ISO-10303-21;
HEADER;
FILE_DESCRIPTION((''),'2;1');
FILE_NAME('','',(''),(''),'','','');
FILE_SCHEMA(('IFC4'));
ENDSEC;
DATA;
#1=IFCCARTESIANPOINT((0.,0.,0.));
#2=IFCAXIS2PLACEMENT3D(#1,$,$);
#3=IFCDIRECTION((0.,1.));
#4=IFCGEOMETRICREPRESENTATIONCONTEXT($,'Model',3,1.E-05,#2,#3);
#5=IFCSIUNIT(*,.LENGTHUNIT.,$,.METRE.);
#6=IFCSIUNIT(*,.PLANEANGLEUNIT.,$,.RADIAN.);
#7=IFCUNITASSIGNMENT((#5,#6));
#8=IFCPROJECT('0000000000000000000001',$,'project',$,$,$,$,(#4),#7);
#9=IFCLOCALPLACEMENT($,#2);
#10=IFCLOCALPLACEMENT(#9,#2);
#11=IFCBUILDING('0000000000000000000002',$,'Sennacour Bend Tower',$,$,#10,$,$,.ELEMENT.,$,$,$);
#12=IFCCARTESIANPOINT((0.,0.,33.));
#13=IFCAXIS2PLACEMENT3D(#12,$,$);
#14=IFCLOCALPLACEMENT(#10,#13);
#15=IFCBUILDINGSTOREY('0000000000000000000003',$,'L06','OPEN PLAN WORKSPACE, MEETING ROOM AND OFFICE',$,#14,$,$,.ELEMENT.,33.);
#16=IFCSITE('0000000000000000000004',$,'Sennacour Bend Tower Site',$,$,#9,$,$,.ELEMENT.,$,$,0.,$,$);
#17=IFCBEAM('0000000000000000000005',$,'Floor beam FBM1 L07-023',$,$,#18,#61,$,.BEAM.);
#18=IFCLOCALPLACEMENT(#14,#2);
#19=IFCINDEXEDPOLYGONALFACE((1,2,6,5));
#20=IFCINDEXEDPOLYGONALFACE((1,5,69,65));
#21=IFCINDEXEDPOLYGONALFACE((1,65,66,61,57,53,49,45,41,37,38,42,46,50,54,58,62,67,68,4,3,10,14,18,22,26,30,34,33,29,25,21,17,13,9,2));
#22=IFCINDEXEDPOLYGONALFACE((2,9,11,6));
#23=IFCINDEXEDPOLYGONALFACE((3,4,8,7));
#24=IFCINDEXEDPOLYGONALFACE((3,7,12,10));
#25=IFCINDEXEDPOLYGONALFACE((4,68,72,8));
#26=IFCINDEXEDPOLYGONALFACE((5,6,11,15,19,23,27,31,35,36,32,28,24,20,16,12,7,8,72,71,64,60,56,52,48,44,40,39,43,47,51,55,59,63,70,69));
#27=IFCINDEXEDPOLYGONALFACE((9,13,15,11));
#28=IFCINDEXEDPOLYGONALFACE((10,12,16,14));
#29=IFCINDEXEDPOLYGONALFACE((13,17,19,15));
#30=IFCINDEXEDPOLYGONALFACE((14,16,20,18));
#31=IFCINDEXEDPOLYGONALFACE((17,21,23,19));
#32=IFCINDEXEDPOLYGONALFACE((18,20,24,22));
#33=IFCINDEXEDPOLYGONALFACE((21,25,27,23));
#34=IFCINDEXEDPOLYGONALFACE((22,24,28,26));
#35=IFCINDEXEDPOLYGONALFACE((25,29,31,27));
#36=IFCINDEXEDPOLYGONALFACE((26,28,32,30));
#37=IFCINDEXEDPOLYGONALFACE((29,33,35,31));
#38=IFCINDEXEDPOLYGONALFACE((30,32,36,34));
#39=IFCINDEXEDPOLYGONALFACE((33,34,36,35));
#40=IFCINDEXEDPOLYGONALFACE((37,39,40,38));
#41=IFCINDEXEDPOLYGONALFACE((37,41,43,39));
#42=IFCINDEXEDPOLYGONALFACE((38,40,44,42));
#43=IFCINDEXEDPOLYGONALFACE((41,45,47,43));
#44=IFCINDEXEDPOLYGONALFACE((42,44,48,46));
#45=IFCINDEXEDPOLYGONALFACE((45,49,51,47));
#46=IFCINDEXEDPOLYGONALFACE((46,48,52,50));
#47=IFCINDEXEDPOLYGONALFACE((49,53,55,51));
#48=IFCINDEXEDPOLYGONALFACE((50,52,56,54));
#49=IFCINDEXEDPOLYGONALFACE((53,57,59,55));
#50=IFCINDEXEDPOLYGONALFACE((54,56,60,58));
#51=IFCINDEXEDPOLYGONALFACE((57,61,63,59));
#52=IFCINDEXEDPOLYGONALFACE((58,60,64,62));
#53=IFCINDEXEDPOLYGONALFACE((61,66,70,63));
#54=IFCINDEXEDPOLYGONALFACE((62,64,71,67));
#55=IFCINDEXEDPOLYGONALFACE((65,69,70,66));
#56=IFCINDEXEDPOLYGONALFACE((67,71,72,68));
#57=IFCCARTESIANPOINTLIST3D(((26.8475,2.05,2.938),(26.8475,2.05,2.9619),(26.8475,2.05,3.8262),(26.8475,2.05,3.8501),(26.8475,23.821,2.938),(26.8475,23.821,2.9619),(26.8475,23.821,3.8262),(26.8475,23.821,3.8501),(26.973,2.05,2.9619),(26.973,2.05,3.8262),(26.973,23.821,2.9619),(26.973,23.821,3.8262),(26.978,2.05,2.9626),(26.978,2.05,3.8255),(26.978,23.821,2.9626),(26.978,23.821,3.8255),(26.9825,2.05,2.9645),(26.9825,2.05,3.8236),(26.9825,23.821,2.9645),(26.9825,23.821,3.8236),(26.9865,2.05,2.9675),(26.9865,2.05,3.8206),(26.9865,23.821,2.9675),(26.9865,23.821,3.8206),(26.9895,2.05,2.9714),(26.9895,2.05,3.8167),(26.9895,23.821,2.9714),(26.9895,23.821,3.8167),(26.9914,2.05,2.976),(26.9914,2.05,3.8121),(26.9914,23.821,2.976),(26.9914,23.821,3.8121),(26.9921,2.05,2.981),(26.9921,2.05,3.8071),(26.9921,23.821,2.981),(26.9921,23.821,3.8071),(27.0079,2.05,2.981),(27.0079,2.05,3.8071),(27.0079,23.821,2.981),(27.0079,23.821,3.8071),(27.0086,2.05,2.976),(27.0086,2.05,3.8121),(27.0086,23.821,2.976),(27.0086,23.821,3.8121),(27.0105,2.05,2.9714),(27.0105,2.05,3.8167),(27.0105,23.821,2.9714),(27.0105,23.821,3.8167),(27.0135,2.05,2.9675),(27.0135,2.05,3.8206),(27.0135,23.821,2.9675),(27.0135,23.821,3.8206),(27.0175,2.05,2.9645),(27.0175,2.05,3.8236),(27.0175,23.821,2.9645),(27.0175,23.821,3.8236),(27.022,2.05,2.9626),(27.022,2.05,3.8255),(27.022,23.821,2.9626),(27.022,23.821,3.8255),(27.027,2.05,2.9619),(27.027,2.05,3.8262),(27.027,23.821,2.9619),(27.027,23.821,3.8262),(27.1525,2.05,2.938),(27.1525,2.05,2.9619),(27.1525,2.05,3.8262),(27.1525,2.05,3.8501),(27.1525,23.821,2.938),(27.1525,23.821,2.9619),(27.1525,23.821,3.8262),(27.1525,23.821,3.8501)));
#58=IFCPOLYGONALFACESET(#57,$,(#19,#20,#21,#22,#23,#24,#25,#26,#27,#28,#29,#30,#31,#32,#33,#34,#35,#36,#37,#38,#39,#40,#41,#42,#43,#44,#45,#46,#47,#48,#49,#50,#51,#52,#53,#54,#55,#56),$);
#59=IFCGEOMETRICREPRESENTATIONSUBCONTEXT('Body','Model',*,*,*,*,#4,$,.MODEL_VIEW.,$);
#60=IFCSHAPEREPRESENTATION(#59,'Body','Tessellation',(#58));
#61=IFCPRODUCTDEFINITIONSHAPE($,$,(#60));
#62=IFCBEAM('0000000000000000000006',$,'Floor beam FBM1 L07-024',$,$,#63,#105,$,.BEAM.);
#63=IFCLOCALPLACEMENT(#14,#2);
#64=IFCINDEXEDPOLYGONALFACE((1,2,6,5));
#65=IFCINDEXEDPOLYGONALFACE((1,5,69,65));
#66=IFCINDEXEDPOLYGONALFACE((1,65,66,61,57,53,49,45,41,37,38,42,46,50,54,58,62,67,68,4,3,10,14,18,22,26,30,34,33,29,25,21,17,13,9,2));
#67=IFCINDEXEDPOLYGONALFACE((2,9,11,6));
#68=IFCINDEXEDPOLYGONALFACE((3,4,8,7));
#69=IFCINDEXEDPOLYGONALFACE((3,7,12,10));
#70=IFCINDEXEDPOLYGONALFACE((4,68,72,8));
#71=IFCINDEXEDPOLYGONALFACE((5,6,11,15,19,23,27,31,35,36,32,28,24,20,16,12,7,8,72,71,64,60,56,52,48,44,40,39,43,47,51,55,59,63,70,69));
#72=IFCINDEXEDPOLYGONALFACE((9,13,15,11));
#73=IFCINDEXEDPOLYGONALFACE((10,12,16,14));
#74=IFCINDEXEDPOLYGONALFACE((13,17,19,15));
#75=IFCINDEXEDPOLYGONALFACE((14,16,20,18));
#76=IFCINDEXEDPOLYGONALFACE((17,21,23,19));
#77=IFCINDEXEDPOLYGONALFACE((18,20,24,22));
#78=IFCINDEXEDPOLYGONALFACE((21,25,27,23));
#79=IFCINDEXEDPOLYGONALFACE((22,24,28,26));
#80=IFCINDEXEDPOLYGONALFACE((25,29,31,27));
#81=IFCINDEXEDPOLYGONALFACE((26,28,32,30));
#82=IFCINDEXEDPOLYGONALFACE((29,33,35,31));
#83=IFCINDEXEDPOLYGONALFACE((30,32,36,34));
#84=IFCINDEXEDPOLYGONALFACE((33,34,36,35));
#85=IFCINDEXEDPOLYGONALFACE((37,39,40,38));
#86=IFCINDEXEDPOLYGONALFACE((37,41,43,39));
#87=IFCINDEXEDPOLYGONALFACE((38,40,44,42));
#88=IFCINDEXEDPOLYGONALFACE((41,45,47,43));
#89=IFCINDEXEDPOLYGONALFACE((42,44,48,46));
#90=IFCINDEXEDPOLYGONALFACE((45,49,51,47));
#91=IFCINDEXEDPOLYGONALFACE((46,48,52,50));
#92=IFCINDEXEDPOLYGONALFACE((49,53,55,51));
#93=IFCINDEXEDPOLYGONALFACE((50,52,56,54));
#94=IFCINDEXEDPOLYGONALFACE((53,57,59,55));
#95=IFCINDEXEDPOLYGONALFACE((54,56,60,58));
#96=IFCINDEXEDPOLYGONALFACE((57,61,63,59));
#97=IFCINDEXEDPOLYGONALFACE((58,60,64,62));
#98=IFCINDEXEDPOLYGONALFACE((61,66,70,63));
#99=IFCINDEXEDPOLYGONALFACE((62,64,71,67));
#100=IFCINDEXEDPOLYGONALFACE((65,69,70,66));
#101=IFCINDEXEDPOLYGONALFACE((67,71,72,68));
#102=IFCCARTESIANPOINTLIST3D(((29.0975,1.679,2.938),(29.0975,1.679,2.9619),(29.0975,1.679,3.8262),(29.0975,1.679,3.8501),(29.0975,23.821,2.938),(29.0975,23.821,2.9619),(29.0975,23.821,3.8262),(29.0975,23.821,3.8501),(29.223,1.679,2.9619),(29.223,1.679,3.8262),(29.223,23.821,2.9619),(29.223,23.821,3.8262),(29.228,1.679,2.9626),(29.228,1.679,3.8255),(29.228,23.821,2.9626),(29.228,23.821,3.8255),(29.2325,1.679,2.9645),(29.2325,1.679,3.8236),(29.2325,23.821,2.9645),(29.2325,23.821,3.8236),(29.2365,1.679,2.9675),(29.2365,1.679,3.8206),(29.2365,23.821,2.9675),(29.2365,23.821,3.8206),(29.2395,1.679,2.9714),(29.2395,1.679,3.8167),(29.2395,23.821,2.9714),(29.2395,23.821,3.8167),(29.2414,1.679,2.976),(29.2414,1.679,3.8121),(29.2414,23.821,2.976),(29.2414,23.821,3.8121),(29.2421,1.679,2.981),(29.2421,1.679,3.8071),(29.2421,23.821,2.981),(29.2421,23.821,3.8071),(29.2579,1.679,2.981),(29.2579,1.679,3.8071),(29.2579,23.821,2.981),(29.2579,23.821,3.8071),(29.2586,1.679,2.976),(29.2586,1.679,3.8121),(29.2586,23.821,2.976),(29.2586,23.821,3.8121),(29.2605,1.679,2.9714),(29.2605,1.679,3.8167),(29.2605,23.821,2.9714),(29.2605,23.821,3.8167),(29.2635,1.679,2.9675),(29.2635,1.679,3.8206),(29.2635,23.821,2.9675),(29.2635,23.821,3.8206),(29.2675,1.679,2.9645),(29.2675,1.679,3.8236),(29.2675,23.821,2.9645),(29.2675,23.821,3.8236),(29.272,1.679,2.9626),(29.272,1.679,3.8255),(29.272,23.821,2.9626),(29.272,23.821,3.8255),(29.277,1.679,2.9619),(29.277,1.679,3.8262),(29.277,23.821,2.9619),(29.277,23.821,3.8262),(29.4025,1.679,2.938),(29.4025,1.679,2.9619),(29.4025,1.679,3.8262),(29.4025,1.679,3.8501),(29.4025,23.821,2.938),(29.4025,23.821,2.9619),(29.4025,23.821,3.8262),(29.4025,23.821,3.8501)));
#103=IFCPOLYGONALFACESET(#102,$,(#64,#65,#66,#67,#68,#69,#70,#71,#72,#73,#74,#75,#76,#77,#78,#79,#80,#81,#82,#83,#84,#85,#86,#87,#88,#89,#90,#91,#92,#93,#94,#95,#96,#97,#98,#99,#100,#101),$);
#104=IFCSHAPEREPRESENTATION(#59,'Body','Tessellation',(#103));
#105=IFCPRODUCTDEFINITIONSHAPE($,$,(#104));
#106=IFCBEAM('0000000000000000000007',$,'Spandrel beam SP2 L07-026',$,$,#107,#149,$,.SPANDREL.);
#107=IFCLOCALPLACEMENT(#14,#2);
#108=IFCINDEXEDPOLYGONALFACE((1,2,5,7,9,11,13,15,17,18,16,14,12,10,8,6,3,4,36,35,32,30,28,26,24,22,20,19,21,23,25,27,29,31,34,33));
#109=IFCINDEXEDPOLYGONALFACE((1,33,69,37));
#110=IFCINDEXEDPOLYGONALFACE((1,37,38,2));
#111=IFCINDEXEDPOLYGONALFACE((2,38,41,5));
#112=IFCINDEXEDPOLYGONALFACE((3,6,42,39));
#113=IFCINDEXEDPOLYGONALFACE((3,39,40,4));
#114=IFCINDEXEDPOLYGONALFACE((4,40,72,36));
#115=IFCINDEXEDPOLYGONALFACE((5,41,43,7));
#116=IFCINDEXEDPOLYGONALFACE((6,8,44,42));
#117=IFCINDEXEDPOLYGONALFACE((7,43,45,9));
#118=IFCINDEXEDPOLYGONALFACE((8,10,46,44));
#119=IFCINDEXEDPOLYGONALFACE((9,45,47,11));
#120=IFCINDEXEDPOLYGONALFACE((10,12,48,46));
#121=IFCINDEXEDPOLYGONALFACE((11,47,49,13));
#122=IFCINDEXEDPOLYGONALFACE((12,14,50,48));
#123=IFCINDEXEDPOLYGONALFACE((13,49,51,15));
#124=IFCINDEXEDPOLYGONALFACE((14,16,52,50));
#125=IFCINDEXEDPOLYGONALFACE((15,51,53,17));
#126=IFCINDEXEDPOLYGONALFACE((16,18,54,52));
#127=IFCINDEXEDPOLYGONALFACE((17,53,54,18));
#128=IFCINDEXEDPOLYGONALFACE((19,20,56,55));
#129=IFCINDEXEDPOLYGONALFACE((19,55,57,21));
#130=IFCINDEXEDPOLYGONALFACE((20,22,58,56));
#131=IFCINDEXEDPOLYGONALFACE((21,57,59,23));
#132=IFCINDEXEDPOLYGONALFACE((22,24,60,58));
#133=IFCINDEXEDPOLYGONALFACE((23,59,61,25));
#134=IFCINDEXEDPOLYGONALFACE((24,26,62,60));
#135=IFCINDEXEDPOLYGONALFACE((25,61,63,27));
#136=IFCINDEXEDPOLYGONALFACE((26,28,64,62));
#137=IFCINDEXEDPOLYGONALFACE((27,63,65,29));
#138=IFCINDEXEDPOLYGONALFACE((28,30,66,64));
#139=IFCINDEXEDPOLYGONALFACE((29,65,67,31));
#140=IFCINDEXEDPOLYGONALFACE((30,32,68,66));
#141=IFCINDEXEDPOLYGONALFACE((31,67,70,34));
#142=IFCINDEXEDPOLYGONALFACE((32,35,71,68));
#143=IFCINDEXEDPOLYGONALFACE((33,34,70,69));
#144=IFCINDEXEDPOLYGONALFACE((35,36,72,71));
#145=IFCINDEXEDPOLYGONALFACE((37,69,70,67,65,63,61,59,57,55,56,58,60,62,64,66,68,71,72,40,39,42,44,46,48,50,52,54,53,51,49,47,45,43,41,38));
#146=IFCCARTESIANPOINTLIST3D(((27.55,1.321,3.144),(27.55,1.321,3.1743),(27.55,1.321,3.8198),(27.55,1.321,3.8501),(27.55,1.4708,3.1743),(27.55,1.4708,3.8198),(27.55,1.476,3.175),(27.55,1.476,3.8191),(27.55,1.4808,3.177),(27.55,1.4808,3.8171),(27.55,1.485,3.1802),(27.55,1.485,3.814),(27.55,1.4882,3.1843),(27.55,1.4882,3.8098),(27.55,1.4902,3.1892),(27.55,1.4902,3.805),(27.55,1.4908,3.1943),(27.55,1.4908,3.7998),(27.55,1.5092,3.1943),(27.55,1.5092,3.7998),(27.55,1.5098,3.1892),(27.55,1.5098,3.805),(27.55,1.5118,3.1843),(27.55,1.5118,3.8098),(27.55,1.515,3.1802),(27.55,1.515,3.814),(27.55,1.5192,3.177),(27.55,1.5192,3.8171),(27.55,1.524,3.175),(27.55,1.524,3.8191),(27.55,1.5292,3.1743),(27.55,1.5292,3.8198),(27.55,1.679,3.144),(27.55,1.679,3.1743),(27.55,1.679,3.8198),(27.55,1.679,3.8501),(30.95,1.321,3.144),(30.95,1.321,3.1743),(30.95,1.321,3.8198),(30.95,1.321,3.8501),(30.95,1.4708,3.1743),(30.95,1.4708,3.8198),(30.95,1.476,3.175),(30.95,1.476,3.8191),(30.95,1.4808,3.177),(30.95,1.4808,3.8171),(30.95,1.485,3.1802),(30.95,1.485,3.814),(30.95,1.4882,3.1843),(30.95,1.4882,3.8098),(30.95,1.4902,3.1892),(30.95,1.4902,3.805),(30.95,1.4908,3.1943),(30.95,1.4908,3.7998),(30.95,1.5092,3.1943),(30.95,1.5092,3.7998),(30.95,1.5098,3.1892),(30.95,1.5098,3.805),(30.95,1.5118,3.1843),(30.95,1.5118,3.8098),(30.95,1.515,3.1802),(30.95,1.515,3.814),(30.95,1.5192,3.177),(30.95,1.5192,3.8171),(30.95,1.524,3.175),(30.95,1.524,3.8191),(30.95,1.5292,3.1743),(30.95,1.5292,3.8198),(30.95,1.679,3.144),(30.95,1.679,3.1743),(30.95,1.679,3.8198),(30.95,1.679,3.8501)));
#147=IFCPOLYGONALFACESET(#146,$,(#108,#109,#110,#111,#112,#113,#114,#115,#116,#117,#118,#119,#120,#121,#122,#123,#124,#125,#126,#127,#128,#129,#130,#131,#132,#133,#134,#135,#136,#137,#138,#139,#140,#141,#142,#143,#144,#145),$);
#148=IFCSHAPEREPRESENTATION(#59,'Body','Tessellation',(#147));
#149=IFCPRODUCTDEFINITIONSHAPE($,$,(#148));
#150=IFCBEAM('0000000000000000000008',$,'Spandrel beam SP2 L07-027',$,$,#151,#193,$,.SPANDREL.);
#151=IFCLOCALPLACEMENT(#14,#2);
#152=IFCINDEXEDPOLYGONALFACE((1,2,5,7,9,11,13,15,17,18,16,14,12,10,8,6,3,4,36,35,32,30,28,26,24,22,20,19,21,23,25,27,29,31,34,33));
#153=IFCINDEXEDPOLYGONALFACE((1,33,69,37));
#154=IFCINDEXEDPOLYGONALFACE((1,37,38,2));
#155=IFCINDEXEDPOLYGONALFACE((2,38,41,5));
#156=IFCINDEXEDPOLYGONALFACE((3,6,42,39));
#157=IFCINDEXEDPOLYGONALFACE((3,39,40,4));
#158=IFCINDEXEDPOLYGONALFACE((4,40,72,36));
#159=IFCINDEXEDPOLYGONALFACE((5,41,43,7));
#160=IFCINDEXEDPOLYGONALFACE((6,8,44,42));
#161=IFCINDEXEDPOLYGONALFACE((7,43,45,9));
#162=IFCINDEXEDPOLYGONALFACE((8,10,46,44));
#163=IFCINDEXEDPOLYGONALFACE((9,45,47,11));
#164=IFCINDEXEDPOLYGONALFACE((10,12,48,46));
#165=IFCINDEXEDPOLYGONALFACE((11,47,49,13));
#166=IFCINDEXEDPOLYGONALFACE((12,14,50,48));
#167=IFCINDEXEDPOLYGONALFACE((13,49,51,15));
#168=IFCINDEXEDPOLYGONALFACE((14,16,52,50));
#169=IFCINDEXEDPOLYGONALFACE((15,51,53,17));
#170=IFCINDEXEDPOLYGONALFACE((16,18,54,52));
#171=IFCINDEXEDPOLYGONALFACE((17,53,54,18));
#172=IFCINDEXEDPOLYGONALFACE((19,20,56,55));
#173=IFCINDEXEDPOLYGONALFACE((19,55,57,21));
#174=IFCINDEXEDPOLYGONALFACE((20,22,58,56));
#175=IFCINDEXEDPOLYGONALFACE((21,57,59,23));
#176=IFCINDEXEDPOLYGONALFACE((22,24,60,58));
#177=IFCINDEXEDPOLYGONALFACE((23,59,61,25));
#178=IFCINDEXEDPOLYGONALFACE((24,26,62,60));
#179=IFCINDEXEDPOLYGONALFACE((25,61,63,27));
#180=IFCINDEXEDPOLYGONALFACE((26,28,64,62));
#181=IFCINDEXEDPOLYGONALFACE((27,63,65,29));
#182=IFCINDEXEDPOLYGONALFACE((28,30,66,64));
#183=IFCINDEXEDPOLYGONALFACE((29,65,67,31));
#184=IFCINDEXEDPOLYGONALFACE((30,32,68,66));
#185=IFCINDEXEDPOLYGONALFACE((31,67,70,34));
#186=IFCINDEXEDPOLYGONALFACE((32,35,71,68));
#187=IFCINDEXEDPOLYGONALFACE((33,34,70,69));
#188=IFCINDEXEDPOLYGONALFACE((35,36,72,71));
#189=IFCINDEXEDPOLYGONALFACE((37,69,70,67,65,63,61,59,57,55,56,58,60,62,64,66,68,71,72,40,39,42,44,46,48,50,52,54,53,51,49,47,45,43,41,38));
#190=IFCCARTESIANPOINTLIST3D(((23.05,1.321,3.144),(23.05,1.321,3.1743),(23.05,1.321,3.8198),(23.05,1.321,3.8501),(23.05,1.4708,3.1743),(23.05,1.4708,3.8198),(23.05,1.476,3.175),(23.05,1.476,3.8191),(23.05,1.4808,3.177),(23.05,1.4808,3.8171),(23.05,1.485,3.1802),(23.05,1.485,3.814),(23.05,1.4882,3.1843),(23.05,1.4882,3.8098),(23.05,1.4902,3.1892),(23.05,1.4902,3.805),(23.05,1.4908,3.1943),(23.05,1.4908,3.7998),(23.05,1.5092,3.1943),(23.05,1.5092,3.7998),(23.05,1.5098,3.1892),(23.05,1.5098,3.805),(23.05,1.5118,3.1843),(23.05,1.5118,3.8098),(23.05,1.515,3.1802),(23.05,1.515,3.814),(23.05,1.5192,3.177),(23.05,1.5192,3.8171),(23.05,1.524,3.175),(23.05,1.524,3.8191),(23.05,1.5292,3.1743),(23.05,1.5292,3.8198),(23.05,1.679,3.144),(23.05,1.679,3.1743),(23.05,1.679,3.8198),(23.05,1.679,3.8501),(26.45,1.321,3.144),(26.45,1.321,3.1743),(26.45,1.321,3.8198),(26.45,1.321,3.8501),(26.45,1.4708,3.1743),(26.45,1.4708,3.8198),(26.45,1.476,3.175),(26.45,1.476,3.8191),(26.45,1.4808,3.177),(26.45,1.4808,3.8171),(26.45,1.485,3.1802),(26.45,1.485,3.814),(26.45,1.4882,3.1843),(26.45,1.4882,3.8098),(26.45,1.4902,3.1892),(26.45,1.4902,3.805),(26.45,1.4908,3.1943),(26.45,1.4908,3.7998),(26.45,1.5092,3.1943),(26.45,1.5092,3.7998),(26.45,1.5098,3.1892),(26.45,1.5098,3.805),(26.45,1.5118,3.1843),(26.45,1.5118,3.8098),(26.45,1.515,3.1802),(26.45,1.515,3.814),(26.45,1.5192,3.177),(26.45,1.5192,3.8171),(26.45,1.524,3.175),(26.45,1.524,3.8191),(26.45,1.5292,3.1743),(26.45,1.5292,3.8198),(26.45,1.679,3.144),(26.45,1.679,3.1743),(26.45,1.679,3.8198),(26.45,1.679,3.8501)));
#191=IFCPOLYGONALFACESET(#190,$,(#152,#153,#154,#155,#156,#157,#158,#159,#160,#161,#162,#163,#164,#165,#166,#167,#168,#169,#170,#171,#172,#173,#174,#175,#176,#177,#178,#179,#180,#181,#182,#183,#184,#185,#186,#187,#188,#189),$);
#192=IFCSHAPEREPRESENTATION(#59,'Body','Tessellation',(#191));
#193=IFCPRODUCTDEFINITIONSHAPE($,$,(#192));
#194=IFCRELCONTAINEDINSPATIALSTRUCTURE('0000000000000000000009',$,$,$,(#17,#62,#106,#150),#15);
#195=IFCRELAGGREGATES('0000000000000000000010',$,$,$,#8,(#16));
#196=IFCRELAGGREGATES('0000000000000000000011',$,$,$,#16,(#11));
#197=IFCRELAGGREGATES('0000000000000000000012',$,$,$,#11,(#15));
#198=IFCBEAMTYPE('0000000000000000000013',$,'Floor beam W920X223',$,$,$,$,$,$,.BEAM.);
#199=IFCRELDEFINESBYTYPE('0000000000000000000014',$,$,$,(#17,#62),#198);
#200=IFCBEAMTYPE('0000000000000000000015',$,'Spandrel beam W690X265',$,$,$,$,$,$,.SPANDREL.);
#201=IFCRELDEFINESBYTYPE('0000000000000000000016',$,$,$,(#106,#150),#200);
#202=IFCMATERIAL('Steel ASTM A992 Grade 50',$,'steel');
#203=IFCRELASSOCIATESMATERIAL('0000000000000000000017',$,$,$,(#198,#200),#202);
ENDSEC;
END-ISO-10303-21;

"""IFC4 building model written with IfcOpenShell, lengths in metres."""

from ifc_helpers import new_model, si_unit, direction, frame, origin, origin_2d, place, context, subcontext, project, spatial, i_section, extrude, material, material_profile, profile_set, type_object, element, save


model = new_model("IFC4")

# Units and contexts
model_context = context("Model", 3, precision=1e-05, world=origin(), true_north=direction((0.0, 1.0)))
body_context = subcontext(model_context, "Body", "Model", "MODEL_VIEW")
ifc_project = project(units=[si_unit("LENGTHUNIT", "METRE"), si_unit("PLANEANGLEUNIT", "RADIAN")], contexts=[model_context])

# Site, building, storey
site_placement = place(None, origin())
site = spatial("IfcSite", under=ifc_project, at=site_placement, Name="Sennacour Bend Tower Site", CompositionType="ELEMENT", RefElevation=0.0)
building_placement = place(site_placement, origin())
building = spatial("IfcBuilding", under=site, at=building_placement, Name="Sennacour Bend Tower", CompositionType="ELEMENT")
storey_placement = place(building_placement, frame((0.0, 0.0, 33.0)))
storey = spatial("IfcBuildingStorey", under=building, at=storey_placement, Name="L06", Description="OPEN PLAN WORKSPACE, MEETING ROOM AND OFFICE", CompositionType="ELEMENT", Elevation=33.0)

# Beams
ifc_material_1 = material(Name="Steel ASTM A992 Grade 50", Category="steel")
ifc_material_profile_1 = material_profile(ifc_material_1, i_section(OverallWidth=0.3049, OverallDepth=0.9121, WebThickness=0.0159, FlangeThickness=0.0239, FilletRadius=0.019, at=origin_2d()), Name="Steel ASTM A992 Grade 50", Category="steel")
ifc_profile_set_1 = profile_set([ifc_material_profile_1], Name="Steel ASTM A992 Grade 50")
beam_type_1 = type_object("IfcBeamType", Name="Floor beam W920X223", PredefinedType="BEAM", material=ifc_profile_set_1)
beam_1_placement = place(storey_placement, frame((27.0, 2.05, 3.394), z_axis=(0.0, 1.0, 0.0), x_axis=(-1.0, 0.0, 0.0)))
element("IfcBeam", 1, at=beam_1_placement, inside=storey, type_object=beam_type_1, Name="Floor beam FBM1 L07-023", PredefinedType="BEAM", context=body_context, shape_type="SweptSolid", body=[
    extrude(i_section(OverallWidth=0.3049, OverallDepth=0.9121, WebThickness=0.0159, FlangeThickness=0.0239, FilletRadius=0.019, at=origin_2d()), origin(), (0.0, 0.0, 1.0), 21.771),
])
beam_2_placement = place(storey_placement, frame((29.25, 1.679, 3.394), z_axis=(0.0, 1.0, 0.0), x_axis=(-1.0, 0.0, 0.0)))
element("IfcBeam", 2, at=beam_2_placement, inside=storey, type_object=beam_type_1, Name="Floor beam FBM1 L07-024", PredefinedType="BEAM", context=body_context, shape_type="SweptSolid", body=[
    extrude(i_section(OverallWidth=0.3049, OverallDepth=0.9121, WebThickness=0.0159, FlangeThickness=0.0239, FilletRadius=0.019, at=origin_2d()), origin(), (0.0, 0.0, 1.0), 22.1421),
])
ifc_material_profile_2 = material_profile(ifc_material_1, i_section(OverallWidth=0.3579, OverallDepth=0.7061, WebThickness=0.0183, FlangeThickness=0.0303, FilletRadius=0.02, at=origin_2d()), Name="Steel ASTM A992 Grade 50", Category="steel")
ifc_profile_set_2 = profile_set([ifc_material_profile_2], Name="Steel ASTM A992 Grade 50")
beam_type_2 = type_object("IfcBeamType", Name="Spandrel beam W690X265", PredefinedType="SPANDREL", material=ifc_profile_set_2)
for number, where, z_axis, x_axis, name in (
    (3, (30.95, 1.5, 3.4971), (-1.0, 0.0, 0.0), (0.0, -1.0, 0.0), "Spandrel beam SP2 L07-026"),
    (4, (26.45, 1.5, 3.4971), (-1.0, 0.0, 0.0), (0.0, -1.0, 0.0), "Spandrel beam SP2 L07-027"),
):
    element("IfcBeam", number, at=place(storey_placement, frame(where, z_axis=z_axis, x_axis=x_axis)), inside=storey, type_object=beam_type_2, Name=name, PredefinedType="SPANDREL", context=body_context, shape_type="SweptSolid", body=[
        extrude(i_section(OverallWidth=0.3579, OverallDepth=0.7061, WebThickness=0.0183, FlangeThickness=0.0303, FilletRadius=0.02, at=origin_2d()), origin(), (0.0, 0.0, 1.0), 3.3999),
    ])

save(model, "model.ifc")
